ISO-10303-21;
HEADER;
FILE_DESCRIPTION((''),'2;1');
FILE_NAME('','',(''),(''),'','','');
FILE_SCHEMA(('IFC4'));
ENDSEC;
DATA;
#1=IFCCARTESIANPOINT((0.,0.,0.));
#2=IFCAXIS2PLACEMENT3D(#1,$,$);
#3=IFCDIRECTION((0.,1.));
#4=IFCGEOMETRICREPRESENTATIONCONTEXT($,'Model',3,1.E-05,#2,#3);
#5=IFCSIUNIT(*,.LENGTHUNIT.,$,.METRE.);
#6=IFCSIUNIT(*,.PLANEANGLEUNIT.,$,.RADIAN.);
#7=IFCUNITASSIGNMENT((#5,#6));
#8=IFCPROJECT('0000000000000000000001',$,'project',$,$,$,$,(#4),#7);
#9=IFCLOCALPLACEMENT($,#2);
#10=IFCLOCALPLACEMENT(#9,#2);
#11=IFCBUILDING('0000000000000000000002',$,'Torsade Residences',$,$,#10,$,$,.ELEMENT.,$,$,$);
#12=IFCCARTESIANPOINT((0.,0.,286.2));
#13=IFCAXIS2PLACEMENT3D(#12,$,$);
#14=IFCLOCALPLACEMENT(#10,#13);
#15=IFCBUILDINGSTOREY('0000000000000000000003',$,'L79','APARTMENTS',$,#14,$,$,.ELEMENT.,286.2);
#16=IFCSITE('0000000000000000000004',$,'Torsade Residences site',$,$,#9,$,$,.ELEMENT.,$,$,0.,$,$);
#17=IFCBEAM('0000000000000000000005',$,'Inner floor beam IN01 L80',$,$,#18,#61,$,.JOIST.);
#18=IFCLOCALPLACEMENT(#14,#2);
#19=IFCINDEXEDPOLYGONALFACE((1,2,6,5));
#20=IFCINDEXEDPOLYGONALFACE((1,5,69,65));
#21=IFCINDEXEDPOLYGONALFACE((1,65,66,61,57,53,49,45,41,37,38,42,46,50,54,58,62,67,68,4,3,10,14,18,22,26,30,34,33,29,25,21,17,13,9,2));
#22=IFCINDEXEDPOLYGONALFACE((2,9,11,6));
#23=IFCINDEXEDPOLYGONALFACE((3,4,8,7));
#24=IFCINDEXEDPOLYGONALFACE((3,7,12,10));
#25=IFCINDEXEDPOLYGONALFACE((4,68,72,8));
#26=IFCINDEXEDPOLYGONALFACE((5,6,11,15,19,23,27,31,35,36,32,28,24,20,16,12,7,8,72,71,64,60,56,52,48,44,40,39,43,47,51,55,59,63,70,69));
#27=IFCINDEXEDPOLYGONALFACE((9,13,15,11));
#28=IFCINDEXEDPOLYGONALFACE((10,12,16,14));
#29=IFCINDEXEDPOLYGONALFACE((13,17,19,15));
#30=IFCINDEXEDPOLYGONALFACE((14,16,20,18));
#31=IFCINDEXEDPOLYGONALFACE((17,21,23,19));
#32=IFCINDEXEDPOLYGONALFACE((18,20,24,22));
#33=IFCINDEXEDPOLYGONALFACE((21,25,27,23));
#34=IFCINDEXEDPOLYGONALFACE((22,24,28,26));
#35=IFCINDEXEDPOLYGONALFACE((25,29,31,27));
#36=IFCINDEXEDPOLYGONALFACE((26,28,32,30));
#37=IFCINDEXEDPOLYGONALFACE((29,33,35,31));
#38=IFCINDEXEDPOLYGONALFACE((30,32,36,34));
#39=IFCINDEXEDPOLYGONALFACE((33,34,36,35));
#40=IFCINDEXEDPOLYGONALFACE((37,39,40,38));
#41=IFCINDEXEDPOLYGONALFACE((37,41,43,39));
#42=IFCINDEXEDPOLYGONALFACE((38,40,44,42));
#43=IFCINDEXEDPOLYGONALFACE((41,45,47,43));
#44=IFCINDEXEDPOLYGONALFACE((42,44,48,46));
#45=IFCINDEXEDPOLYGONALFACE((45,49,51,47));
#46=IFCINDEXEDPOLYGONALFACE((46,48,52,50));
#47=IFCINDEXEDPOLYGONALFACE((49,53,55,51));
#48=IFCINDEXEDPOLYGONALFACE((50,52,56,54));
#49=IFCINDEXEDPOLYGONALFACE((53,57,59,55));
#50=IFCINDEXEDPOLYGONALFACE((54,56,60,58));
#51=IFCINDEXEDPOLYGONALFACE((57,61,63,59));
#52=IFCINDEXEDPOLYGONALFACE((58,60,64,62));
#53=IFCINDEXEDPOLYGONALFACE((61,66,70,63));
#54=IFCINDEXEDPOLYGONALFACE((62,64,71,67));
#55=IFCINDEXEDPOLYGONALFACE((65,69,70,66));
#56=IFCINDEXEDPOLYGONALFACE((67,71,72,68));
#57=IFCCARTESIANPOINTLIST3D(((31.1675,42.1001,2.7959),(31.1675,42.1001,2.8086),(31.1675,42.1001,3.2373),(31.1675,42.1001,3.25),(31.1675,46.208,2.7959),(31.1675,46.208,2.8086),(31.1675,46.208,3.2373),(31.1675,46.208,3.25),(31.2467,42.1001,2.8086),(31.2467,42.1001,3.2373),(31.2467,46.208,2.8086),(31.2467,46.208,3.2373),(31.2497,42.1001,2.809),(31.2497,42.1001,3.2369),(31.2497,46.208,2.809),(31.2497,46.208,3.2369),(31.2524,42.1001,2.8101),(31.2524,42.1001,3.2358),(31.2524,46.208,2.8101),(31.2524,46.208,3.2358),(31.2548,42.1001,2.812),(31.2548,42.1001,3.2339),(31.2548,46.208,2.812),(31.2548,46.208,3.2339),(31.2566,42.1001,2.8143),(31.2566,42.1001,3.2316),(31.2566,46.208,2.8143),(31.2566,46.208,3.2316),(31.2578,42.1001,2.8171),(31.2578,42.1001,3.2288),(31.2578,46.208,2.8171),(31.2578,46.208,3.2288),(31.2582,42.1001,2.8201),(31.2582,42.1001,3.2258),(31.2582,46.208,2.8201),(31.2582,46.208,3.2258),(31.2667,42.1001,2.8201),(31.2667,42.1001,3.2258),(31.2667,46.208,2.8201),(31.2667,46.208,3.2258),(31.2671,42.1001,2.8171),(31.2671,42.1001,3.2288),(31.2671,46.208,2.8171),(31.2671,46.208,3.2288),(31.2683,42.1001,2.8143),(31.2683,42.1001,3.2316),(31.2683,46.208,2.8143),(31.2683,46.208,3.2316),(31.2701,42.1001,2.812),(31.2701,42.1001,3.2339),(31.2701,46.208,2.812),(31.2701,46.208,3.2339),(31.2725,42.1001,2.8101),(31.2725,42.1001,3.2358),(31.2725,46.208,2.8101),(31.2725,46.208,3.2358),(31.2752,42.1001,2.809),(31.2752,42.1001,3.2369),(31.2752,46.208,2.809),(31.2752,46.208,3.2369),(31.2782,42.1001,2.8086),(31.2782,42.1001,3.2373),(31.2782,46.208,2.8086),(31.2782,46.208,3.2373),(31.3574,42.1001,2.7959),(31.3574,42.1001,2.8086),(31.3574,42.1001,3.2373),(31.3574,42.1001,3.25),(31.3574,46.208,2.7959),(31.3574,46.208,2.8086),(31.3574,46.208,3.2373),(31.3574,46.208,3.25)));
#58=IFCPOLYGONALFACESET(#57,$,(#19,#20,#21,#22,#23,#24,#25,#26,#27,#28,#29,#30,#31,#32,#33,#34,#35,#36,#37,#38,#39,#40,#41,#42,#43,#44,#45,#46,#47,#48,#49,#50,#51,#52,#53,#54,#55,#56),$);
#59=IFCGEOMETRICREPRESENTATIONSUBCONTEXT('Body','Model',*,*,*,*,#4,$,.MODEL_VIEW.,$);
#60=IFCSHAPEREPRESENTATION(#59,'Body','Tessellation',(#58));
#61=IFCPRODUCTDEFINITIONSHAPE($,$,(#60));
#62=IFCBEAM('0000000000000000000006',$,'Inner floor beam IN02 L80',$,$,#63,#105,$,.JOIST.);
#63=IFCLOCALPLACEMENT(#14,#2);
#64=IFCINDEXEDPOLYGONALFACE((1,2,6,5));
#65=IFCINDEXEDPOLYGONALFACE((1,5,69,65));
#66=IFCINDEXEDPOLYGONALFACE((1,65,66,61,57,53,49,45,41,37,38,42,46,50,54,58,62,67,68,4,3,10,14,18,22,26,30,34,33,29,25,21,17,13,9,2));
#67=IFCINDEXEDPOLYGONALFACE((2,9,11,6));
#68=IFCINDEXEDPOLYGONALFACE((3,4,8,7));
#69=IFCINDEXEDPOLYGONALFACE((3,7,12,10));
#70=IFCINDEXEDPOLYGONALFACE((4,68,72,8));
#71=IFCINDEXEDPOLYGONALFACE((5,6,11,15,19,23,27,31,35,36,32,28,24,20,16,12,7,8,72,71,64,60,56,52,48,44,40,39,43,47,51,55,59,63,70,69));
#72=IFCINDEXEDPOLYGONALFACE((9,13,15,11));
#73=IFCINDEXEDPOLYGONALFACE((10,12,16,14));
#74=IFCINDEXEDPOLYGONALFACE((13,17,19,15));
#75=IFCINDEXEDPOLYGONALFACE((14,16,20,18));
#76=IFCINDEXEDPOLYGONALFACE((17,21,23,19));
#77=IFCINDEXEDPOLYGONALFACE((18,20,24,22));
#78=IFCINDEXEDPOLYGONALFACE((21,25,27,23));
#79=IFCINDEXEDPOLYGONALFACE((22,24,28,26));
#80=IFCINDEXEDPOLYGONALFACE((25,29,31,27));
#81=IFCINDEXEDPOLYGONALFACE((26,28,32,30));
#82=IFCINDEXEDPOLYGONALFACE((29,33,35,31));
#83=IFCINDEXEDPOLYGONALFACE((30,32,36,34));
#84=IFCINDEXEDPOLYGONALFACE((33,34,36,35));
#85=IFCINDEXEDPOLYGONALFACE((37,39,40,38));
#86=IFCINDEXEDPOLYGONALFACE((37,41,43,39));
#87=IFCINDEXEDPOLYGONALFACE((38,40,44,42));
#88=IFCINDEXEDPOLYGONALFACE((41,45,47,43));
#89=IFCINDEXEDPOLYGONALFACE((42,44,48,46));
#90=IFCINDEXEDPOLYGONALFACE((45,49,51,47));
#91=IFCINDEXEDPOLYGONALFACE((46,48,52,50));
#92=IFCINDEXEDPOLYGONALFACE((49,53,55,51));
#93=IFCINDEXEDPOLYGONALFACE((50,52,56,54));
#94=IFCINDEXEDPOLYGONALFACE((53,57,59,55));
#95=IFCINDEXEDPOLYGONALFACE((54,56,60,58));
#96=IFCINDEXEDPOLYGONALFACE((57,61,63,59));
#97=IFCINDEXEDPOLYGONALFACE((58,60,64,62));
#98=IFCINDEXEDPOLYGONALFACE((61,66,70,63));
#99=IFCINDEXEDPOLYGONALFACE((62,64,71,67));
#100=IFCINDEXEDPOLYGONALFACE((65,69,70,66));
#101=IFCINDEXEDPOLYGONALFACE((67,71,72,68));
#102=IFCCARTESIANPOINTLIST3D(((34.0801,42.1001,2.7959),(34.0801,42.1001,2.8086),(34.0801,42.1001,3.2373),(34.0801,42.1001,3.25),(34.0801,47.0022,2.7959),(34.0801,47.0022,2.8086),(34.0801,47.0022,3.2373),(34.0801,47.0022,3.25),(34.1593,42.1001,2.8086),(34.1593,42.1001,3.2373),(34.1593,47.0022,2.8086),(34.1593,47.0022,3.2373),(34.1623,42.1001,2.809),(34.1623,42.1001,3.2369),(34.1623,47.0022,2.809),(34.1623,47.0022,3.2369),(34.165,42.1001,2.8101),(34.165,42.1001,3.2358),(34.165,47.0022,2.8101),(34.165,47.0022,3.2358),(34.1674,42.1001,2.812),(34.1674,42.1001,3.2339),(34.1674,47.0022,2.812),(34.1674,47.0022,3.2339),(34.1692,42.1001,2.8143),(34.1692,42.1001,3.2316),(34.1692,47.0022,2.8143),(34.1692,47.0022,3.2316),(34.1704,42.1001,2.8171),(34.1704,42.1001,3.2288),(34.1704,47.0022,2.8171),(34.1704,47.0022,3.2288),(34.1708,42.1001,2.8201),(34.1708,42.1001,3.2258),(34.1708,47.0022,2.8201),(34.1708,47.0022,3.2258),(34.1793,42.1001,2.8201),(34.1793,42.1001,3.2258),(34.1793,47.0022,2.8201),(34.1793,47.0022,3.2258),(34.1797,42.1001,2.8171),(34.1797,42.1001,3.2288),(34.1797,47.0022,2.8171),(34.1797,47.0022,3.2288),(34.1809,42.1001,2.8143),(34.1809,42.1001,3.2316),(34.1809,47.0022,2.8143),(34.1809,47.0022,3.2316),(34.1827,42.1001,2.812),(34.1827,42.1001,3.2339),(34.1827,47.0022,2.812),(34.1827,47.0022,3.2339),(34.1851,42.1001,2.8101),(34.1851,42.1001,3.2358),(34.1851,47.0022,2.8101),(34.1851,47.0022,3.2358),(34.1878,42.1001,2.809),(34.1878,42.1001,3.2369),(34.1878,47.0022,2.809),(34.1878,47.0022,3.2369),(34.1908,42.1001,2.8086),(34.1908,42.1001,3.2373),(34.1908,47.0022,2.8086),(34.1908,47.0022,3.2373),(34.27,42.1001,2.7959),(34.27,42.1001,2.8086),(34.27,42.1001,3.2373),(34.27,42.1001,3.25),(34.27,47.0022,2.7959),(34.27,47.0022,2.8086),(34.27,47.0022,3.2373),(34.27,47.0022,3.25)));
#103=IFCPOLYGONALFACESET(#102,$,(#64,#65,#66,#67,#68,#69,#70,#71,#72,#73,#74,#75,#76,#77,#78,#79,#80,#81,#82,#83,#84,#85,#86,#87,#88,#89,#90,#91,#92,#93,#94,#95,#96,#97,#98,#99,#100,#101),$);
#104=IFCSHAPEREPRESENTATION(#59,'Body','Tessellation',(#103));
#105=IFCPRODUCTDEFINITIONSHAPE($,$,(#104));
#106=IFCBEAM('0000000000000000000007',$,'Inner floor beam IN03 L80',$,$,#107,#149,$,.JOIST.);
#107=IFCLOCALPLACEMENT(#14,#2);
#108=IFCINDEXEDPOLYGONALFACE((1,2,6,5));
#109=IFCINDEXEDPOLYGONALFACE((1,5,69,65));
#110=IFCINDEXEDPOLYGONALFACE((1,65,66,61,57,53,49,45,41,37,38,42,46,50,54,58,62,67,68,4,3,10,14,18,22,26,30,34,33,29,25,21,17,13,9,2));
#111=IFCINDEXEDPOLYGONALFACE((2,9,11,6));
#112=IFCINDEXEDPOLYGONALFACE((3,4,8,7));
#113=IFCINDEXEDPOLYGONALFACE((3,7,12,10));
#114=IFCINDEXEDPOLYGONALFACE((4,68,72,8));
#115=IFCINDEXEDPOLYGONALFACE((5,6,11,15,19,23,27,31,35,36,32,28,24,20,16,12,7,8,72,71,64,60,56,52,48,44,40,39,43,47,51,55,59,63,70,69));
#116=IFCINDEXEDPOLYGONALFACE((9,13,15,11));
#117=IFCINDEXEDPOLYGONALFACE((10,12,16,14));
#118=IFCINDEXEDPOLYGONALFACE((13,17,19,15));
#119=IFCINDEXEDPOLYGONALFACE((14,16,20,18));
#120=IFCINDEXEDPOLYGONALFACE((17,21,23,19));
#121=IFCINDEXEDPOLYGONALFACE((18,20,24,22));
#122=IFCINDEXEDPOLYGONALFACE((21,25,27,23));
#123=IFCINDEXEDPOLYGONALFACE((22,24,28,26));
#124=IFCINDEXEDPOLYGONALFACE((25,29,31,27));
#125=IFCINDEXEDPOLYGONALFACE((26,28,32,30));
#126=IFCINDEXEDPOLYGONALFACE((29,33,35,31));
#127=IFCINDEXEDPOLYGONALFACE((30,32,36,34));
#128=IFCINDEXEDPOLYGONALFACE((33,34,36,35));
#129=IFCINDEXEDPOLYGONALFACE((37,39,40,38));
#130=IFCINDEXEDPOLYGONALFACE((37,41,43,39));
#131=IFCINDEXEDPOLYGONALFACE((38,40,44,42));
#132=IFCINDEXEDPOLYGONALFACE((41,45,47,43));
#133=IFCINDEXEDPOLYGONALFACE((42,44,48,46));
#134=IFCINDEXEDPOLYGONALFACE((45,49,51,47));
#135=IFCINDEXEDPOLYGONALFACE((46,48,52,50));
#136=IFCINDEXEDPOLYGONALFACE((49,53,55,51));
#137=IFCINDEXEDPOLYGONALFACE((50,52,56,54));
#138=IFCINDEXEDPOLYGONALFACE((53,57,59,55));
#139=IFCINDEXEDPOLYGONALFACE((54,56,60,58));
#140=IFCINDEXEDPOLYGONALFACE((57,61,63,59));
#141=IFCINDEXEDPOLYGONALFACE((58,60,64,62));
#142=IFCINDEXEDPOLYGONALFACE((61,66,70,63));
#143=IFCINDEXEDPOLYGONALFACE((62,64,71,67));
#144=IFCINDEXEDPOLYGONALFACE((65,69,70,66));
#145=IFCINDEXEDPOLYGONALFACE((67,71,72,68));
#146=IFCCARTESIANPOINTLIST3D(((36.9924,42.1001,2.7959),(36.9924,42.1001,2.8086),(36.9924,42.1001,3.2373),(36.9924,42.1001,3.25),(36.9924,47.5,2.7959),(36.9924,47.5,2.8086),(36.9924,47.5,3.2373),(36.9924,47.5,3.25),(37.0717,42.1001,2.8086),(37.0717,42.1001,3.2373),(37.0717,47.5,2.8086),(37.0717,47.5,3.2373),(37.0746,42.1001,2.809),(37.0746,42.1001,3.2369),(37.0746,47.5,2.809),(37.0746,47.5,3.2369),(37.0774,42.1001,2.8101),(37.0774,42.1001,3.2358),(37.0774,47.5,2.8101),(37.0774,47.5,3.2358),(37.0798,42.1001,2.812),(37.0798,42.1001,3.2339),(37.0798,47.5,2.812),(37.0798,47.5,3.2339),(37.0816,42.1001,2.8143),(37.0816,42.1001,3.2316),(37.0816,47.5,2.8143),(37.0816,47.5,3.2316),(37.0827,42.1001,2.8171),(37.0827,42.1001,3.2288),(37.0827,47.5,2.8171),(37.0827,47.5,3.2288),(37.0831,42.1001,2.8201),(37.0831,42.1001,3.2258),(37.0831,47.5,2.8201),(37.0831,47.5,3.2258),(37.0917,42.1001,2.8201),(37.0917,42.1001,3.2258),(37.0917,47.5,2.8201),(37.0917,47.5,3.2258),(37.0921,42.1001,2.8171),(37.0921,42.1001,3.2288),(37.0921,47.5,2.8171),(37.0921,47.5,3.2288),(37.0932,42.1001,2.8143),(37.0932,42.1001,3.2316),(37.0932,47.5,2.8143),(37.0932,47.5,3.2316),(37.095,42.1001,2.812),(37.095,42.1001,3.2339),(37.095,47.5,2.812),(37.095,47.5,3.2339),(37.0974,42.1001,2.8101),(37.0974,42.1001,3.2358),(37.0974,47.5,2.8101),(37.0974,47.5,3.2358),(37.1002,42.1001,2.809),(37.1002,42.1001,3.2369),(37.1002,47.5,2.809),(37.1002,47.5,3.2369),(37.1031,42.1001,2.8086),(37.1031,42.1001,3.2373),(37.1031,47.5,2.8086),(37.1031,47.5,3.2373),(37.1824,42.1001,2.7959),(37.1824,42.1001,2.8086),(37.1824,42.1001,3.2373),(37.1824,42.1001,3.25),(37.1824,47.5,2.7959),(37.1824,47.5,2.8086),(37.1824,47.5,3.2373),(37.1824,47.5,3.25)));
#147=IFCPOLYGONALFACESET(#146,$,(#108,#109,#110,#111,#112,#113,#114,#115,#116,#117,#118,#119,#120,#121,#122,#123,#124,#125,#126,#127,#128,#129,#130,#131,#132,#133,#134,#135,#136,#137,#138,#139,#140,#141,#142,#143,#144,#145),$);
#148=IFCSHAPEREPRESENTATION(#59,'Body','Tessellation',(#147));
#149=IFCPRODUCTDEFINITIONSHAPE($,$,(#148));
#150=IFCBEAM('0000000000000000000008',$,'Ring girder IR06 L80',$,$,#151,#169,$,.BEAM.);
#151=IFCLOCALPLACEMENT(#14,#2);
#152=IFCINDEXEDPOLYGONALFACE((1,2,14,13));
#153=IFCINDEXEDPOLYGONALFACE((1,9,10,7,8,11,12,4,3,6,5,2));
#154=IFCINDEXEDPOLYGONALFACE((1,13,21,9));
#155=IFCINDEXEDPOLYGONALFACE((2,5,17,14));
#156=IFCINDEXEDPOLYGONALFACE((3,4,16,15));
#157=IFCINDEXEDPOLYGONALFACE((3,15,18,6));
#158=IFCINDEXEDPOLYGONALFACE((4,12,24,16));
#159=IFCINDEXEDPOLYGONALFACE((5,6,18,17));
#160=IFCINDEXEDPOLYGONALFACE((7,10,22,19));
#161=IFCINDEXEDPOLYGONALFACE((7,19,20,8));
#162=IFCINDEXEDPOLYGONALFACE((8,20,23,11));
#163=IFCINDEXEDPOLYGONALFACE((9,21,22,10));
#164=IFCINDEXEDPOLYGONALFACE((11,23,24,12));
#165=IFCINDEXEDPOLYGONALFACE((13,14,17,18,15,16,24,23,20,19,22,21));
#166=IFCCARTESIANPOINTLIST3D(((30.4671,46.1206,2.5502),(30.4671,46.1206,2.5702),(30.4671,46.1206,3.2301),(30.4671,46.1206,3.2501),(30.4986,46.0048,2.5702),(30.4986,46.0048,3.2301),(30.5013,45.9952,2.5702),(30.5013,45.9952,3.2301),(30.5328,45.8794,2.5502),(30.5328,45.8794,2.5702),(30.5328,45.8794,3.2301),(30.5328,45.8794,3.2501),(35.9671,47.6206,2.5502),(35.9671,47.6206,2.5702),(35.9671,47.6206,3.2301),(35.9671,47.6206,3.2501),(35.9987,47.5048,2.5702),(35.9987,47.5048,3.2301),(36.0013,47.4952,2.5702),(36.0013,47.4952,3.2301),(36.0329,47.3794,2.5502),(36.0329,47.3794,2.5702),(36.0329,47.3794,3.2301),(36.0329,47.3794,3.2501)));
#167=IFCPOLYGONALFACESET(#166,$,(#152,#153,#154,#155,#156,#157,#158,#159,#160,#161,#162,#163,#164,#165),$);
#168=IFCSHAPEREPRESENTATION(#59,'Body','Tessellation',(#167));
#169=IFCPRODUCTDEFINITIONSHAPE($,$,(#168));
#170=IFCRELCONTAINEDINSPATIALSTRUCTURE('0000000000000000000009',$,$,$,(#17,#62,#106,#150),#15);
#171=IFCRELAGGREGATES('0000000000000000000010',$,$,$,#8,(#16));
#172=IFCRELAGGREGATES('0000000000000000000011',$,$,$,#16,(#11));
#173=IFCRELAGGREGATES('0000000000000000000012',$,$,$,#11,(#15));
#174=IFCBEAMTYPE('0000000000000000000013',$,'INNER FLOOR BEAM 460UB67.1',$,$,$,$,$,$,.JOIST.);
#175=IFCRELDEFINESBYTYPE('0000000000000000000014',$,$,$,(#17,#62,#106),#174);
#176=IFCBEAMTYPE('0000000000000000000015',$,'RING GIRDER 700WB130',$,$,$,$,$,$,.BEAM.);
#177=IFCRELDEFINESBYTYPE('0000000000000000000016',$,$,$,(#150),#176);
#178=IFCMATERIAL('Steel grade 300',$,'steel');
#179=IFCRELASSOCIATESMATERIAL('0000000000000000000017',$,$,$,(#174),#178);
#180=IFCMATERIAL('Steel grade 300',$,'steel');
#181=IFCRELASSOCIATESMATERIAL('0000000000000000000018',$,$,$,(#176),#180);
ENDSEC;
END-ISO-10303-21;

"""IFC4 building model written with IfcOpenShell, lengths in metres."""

from ifc_helpers import new_model, si_unit, direction, frame, origin, origin_2d, place, context, subcontext, project, spatial, i_section, extrude, material, material_profile, profile_set, type_object, element, save


model = new_model("IFC4")

# Units and contexts
model_context = context("Model", 3, precision=1e-05, world=origin(), true_north=direction((0.0, 1.0)))
body_context = subcontext(model_context, "Body", "Model", "MODEL_VIEW")
ifc_project = project(units=[si_unit("LENGTHUNIT", "METRE"), si_unit("PLANEANGLEUNIT", "RADIAN")], contexts=[model_context])

# Site, building, storey
site_placement = place(None, origin())
site = spatial("IfcSite", under=ifc_project, at=site_placement, Name="Torsade Residences site", CompositionType="ELEMENT", RefElevation=0.0)
building_placement = place(site_placement, origin())
building = spatial("IfcBuilding", under=site, at=building_placement, Name="Torsade Residences", CompositionType="ELEMENT")
storey_placement = place(building_placement, frame((0.0, 0.0, 286.2)))
storey = spatial("IfcBuildingStorey", under=building, at=storey_placement, Name="L79", Description="APARTMENTS", CompositionType="ELEMENT", Elevation=286.2)

# Beams
ifc_material_1 = material(Name="Steel grade 300", Category="steel")
ifc_material_profile_1 = material_profile(ifc_material_1, i_section(OverallWidth=0.1899, OverallDepth=0.4541, WebThickness=0.0085, FlangeThickness=0.0127, FilletRadius=0.0115, at=origin_2d()), Name="460UB67.1")
ifc_profile_set_1 = profile_set([ifc_material_profile_1], Name="Steel grade 300")
beam_type_1 = type_object("IfcBeamType", Name="INNER FLOOR BEAM 460UB67.1", PredefinedType="JOIST", material=ifc_profile_set_1)
beam_1_placement = place(storey_placement, frame((31.2625, 42.1001, 3.0229), z_axis=(0.0, 1.0, 0.0), x_axis=(-1.0, 0.0, 0.0)))
element("IfcBeam", 1, at=beam_1_placement, inside=storey, type_object=beam_type_1, Name="Inner floor beam IN01 L80", PredefinedType="JOIST", context=body_context, shape_type="SweptSolid", body=[
    extrude(i_section(OverallWidth=0.1899, OverallDepth=0.4541, WebThickness=0.0085, FlangeThickness=0.0127, FilletRadius=0.0115, at=origin_2d()), origin(), (0.0, 0.0, 1.0), 4.1079),
])
beam_2_placement = place(storey_placement, frame((34.175, 42.1001, 3.0229), z_axis=(0.0, 1.0, 0.0), x_axis=(-1.0, 0.0, 0.0)))
element("IfcBeam", 2, at=beam_2_placement, inside=storey, type_object=beam_type_1, Name="Inner floor beam IN02 L80", PredefinedType="JOIST", context=body_context, shape_type="SweptSolid", body=[
    extrude(i_section(OverallWidth=0.1899, OverallDepth=0.4541, WebThickness=0.0085, FlangeThickness=0.0127, FilletRadius=0.0115, at=origin_2d()), origin(), (0.0, 0.0, 1.0), 4.9021),
])
beam_3_placement = place(storey_placement, frame((37.0874, 42.1001, 3.0229), z_axis=(0.0, 1.0, 0.0), x_axis=(-1.0, 0.0, 0.0)))
element("IfcBeam", 3, at=beam_3_placement, inside=storey, type_object=beam_type_1, Name="Inner floor beam IN03 L80", PredefinedType="JOIST", context=body_context, shape_type="SweptSolid", body=[
    extrude(i_section(OverallWidth=0.1899, OverallDepth=0.4541, WebThickness=0.0085, FlangeThickness=0.0127, FilletRadius=0.0115, at=origin_2d()), origin(), (0.0, 0.0, 1.0), 5.3999),
])
ifc_material_2 = material(Name="Steel grade 300", Category="steel")
ifc_material_profile_2 = material_profile(ifc_material_2, i_section(OverallWidth=0.25, OverallDepth=0.7, WebThickness=0.01, FlangeThickness=0.02, at=origin_2d()), Name="700WB130")
ifc_profile_set_2 = profile_set([ifc_material_profile_2], Name="Steel grade 300")
beam_type_2 = type_object("IfcBeamType", Name="RING GIRDER 700WB130", PredefinedType="BEAM", material=ifc_profile_set_2)
beam_4_placement = place(storey_placement, frame((36.0, 47.5, 2.9001), z_axis=(-0.964764, -0.263117, 0.0), x_axis=(0.263117, -0.964764, 0.0)))
element("IfcBeam", 4, at=beam_4_placement, inside=storey, type_object=beam_type_2, Name="Ring girder IR06 L80", PredefinedType="BEAM", context=body_context, shape_type="SweptSolid", body=[
    extrude(i_section(OverallWidth=0.25, OverallDepth=0.7, WebThickness=0.01, FlangeThickness=0.02, at=origin_2d()), origin(), (0.0, 0.0, 1.0), 5.7009),
])

save(model, "model.ifc")
